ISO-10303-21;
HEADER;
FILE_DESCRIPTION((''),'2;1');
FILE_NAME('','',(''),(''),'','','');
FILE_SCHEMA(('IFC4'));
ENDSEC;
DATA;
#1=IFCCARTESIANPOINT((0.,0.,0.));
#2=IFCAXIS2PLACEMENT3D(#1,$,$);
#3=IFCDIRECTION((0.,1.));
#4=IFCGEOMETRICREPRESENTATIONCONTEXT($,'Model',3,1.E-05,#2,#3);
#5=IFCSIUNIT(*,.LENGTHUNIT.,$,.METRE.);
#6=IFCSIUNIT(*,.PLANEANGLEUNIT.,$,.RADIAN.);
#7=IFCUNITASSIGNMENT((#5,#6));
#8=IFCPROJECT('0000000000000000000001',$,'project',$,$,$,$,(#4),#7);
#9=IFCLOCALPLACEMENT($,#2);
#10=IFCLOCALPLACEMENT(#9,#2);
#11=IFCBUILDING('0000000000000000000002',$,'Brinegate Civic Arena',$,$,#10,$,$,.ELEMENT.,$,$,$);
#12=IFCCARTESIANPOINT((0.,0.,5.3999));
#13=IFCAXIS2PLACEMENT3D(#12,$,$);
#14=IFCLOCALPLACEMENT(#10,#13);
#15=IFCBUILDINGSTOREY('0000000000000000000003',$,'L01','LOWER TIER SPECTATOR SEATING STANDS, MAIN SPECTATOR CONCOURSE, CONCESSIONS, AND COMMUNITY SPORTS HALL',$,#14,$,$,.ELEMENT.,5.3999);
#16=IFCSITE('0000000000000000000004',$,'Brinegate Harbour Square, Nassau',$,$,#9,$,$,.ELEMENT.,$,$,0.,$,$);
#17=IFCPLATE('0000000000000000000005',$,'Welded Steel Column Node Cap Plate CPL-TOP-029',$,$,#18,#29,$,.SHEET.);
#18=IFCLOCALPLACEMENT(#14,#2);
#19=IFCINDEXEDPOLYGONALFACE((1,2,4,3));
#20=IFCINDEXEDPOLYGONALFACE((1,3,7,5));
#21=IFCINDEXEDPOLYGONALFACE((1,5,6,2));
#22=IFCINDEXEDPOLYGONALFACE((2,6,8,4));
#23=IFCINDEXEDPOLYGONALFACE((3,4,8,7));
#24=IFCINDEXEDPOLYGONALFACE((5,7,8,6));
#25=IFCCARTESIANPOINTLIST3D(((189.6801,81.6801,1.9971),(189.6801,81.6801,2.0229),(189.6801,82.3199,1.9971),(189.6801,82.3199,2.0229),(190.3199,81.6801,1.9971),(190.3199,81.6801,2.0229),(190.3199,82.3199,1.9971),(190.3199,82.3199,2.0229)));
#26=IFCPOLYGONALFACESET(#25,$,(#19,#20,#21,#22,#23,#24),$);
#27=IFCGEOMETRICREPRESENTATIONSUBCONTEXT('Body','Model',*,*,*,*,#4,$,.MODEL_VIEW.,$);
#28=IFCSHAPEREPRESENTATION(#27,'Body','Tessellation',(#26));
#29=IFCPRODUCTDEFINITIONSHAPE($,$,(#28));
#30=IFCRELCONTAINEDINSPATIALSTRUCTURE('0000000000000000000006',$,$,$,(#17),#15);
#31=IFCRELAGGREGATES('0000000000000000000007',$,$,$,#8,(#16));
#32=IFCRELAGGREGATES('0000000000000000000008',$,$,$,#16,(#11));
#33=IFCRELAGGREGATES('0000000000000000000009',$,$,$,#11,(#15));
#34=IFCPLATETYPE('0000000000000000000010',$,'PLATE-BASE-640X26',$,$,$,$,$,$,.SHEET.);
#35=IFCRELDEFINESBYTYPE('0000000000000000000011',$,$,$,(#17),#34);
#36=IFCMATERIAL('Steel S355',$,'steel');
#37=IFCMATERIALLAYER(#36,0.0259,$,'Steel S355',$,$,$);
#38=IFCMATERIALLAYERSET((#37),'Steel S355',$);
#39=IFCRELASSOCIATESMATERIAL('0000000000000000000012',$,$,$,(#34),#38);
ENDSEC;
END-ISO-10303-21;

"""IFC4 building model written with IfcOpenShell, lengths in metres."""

from ifc_helpers import new_model, si_unit, direction, frame, origin, origin_2d, place, context, subcontext, project, spatial, rectangle, extrude, material, layer, layer_set, type_object, element, save


model = new_model("IFC4")

# Units and contexts
model_context = context("Model", 3, precision=1e-05, world=origin(), true_north=direction((0.0, 1.0)))
body_context = subcontext(model_context, "Body", "Model", "MODEL_VIEW")
ifc_project = project(units=[si_unit("LENGTHUNIT", "METRE"), si_unit("PLANEANGLEUNIT", "RADIAN")], contexts=[model_context])

# Site, building, storey
site_placement = place(None, origin())
site = spatial("IfcSite", under=ifc_project, at=site_placement, Name="Brinegate Harbour Square, Nassau", CompositionType="ELEMENT", RefElevation=0.0)
building_placement = place(site_placement, origin())
building = spatial("IfcBuilding", under=site, at=building_placement, Name="Brinegate Civic Arena", CompositionType="ELEMENT")
storey_placement = place(building_placement, frame((0.0, 0.0, 5.3999)))
storey = spatial("IfcBuildingStorey", under=building, at=storey_placement, Name="L01", Description="LOWER TIER SPECTATOR SEATING STANDS, MAIN SPECTATOR CONCOURSE, CONCESSIONS, AND COMMUNITY SPORTS HALL", CompositionType="ELEMENT", Elevation=5.3999)

# Shared definitions
ifc_material_1 = material(Name="Steel S355", Category="steel")

# Plate
ifc_layer_1 = layer(ifc_material_1, 0.0259, Name="Steel S355")
ifc_layer_set_1 = layer_set([ifc_layer_1], Name="Steel S355")
plate_type_1 = type_object("IfcPlateType", Name="PLATE-BASE-640X26", PredefinedType="SHEET", material=ifc_layer_set_1)
plate_1_placement = place(storey_placement, frame((190.0, 82.0, 1.9971), z_axis=(0.0, 0.0, 1.0), x_axis=(1.0, 0.0, 0.0)))
element("IfcPlate", 1, at=plate_1_placement, inside=storey, type_object=plate_type_1, Name="Welded Steel Column Node Cap Plate CPL-TOP-029", PredefinedType="SHEET", context=body_context, shape_type="SweptSolid", body=[
    extrude(rectangle(XDim=0.6399, YDim=0.6399, at=origin_2d()), origin(), (0.0, 0.0, 1.0), 0.0259),
])

save(model, "model.ifc")
